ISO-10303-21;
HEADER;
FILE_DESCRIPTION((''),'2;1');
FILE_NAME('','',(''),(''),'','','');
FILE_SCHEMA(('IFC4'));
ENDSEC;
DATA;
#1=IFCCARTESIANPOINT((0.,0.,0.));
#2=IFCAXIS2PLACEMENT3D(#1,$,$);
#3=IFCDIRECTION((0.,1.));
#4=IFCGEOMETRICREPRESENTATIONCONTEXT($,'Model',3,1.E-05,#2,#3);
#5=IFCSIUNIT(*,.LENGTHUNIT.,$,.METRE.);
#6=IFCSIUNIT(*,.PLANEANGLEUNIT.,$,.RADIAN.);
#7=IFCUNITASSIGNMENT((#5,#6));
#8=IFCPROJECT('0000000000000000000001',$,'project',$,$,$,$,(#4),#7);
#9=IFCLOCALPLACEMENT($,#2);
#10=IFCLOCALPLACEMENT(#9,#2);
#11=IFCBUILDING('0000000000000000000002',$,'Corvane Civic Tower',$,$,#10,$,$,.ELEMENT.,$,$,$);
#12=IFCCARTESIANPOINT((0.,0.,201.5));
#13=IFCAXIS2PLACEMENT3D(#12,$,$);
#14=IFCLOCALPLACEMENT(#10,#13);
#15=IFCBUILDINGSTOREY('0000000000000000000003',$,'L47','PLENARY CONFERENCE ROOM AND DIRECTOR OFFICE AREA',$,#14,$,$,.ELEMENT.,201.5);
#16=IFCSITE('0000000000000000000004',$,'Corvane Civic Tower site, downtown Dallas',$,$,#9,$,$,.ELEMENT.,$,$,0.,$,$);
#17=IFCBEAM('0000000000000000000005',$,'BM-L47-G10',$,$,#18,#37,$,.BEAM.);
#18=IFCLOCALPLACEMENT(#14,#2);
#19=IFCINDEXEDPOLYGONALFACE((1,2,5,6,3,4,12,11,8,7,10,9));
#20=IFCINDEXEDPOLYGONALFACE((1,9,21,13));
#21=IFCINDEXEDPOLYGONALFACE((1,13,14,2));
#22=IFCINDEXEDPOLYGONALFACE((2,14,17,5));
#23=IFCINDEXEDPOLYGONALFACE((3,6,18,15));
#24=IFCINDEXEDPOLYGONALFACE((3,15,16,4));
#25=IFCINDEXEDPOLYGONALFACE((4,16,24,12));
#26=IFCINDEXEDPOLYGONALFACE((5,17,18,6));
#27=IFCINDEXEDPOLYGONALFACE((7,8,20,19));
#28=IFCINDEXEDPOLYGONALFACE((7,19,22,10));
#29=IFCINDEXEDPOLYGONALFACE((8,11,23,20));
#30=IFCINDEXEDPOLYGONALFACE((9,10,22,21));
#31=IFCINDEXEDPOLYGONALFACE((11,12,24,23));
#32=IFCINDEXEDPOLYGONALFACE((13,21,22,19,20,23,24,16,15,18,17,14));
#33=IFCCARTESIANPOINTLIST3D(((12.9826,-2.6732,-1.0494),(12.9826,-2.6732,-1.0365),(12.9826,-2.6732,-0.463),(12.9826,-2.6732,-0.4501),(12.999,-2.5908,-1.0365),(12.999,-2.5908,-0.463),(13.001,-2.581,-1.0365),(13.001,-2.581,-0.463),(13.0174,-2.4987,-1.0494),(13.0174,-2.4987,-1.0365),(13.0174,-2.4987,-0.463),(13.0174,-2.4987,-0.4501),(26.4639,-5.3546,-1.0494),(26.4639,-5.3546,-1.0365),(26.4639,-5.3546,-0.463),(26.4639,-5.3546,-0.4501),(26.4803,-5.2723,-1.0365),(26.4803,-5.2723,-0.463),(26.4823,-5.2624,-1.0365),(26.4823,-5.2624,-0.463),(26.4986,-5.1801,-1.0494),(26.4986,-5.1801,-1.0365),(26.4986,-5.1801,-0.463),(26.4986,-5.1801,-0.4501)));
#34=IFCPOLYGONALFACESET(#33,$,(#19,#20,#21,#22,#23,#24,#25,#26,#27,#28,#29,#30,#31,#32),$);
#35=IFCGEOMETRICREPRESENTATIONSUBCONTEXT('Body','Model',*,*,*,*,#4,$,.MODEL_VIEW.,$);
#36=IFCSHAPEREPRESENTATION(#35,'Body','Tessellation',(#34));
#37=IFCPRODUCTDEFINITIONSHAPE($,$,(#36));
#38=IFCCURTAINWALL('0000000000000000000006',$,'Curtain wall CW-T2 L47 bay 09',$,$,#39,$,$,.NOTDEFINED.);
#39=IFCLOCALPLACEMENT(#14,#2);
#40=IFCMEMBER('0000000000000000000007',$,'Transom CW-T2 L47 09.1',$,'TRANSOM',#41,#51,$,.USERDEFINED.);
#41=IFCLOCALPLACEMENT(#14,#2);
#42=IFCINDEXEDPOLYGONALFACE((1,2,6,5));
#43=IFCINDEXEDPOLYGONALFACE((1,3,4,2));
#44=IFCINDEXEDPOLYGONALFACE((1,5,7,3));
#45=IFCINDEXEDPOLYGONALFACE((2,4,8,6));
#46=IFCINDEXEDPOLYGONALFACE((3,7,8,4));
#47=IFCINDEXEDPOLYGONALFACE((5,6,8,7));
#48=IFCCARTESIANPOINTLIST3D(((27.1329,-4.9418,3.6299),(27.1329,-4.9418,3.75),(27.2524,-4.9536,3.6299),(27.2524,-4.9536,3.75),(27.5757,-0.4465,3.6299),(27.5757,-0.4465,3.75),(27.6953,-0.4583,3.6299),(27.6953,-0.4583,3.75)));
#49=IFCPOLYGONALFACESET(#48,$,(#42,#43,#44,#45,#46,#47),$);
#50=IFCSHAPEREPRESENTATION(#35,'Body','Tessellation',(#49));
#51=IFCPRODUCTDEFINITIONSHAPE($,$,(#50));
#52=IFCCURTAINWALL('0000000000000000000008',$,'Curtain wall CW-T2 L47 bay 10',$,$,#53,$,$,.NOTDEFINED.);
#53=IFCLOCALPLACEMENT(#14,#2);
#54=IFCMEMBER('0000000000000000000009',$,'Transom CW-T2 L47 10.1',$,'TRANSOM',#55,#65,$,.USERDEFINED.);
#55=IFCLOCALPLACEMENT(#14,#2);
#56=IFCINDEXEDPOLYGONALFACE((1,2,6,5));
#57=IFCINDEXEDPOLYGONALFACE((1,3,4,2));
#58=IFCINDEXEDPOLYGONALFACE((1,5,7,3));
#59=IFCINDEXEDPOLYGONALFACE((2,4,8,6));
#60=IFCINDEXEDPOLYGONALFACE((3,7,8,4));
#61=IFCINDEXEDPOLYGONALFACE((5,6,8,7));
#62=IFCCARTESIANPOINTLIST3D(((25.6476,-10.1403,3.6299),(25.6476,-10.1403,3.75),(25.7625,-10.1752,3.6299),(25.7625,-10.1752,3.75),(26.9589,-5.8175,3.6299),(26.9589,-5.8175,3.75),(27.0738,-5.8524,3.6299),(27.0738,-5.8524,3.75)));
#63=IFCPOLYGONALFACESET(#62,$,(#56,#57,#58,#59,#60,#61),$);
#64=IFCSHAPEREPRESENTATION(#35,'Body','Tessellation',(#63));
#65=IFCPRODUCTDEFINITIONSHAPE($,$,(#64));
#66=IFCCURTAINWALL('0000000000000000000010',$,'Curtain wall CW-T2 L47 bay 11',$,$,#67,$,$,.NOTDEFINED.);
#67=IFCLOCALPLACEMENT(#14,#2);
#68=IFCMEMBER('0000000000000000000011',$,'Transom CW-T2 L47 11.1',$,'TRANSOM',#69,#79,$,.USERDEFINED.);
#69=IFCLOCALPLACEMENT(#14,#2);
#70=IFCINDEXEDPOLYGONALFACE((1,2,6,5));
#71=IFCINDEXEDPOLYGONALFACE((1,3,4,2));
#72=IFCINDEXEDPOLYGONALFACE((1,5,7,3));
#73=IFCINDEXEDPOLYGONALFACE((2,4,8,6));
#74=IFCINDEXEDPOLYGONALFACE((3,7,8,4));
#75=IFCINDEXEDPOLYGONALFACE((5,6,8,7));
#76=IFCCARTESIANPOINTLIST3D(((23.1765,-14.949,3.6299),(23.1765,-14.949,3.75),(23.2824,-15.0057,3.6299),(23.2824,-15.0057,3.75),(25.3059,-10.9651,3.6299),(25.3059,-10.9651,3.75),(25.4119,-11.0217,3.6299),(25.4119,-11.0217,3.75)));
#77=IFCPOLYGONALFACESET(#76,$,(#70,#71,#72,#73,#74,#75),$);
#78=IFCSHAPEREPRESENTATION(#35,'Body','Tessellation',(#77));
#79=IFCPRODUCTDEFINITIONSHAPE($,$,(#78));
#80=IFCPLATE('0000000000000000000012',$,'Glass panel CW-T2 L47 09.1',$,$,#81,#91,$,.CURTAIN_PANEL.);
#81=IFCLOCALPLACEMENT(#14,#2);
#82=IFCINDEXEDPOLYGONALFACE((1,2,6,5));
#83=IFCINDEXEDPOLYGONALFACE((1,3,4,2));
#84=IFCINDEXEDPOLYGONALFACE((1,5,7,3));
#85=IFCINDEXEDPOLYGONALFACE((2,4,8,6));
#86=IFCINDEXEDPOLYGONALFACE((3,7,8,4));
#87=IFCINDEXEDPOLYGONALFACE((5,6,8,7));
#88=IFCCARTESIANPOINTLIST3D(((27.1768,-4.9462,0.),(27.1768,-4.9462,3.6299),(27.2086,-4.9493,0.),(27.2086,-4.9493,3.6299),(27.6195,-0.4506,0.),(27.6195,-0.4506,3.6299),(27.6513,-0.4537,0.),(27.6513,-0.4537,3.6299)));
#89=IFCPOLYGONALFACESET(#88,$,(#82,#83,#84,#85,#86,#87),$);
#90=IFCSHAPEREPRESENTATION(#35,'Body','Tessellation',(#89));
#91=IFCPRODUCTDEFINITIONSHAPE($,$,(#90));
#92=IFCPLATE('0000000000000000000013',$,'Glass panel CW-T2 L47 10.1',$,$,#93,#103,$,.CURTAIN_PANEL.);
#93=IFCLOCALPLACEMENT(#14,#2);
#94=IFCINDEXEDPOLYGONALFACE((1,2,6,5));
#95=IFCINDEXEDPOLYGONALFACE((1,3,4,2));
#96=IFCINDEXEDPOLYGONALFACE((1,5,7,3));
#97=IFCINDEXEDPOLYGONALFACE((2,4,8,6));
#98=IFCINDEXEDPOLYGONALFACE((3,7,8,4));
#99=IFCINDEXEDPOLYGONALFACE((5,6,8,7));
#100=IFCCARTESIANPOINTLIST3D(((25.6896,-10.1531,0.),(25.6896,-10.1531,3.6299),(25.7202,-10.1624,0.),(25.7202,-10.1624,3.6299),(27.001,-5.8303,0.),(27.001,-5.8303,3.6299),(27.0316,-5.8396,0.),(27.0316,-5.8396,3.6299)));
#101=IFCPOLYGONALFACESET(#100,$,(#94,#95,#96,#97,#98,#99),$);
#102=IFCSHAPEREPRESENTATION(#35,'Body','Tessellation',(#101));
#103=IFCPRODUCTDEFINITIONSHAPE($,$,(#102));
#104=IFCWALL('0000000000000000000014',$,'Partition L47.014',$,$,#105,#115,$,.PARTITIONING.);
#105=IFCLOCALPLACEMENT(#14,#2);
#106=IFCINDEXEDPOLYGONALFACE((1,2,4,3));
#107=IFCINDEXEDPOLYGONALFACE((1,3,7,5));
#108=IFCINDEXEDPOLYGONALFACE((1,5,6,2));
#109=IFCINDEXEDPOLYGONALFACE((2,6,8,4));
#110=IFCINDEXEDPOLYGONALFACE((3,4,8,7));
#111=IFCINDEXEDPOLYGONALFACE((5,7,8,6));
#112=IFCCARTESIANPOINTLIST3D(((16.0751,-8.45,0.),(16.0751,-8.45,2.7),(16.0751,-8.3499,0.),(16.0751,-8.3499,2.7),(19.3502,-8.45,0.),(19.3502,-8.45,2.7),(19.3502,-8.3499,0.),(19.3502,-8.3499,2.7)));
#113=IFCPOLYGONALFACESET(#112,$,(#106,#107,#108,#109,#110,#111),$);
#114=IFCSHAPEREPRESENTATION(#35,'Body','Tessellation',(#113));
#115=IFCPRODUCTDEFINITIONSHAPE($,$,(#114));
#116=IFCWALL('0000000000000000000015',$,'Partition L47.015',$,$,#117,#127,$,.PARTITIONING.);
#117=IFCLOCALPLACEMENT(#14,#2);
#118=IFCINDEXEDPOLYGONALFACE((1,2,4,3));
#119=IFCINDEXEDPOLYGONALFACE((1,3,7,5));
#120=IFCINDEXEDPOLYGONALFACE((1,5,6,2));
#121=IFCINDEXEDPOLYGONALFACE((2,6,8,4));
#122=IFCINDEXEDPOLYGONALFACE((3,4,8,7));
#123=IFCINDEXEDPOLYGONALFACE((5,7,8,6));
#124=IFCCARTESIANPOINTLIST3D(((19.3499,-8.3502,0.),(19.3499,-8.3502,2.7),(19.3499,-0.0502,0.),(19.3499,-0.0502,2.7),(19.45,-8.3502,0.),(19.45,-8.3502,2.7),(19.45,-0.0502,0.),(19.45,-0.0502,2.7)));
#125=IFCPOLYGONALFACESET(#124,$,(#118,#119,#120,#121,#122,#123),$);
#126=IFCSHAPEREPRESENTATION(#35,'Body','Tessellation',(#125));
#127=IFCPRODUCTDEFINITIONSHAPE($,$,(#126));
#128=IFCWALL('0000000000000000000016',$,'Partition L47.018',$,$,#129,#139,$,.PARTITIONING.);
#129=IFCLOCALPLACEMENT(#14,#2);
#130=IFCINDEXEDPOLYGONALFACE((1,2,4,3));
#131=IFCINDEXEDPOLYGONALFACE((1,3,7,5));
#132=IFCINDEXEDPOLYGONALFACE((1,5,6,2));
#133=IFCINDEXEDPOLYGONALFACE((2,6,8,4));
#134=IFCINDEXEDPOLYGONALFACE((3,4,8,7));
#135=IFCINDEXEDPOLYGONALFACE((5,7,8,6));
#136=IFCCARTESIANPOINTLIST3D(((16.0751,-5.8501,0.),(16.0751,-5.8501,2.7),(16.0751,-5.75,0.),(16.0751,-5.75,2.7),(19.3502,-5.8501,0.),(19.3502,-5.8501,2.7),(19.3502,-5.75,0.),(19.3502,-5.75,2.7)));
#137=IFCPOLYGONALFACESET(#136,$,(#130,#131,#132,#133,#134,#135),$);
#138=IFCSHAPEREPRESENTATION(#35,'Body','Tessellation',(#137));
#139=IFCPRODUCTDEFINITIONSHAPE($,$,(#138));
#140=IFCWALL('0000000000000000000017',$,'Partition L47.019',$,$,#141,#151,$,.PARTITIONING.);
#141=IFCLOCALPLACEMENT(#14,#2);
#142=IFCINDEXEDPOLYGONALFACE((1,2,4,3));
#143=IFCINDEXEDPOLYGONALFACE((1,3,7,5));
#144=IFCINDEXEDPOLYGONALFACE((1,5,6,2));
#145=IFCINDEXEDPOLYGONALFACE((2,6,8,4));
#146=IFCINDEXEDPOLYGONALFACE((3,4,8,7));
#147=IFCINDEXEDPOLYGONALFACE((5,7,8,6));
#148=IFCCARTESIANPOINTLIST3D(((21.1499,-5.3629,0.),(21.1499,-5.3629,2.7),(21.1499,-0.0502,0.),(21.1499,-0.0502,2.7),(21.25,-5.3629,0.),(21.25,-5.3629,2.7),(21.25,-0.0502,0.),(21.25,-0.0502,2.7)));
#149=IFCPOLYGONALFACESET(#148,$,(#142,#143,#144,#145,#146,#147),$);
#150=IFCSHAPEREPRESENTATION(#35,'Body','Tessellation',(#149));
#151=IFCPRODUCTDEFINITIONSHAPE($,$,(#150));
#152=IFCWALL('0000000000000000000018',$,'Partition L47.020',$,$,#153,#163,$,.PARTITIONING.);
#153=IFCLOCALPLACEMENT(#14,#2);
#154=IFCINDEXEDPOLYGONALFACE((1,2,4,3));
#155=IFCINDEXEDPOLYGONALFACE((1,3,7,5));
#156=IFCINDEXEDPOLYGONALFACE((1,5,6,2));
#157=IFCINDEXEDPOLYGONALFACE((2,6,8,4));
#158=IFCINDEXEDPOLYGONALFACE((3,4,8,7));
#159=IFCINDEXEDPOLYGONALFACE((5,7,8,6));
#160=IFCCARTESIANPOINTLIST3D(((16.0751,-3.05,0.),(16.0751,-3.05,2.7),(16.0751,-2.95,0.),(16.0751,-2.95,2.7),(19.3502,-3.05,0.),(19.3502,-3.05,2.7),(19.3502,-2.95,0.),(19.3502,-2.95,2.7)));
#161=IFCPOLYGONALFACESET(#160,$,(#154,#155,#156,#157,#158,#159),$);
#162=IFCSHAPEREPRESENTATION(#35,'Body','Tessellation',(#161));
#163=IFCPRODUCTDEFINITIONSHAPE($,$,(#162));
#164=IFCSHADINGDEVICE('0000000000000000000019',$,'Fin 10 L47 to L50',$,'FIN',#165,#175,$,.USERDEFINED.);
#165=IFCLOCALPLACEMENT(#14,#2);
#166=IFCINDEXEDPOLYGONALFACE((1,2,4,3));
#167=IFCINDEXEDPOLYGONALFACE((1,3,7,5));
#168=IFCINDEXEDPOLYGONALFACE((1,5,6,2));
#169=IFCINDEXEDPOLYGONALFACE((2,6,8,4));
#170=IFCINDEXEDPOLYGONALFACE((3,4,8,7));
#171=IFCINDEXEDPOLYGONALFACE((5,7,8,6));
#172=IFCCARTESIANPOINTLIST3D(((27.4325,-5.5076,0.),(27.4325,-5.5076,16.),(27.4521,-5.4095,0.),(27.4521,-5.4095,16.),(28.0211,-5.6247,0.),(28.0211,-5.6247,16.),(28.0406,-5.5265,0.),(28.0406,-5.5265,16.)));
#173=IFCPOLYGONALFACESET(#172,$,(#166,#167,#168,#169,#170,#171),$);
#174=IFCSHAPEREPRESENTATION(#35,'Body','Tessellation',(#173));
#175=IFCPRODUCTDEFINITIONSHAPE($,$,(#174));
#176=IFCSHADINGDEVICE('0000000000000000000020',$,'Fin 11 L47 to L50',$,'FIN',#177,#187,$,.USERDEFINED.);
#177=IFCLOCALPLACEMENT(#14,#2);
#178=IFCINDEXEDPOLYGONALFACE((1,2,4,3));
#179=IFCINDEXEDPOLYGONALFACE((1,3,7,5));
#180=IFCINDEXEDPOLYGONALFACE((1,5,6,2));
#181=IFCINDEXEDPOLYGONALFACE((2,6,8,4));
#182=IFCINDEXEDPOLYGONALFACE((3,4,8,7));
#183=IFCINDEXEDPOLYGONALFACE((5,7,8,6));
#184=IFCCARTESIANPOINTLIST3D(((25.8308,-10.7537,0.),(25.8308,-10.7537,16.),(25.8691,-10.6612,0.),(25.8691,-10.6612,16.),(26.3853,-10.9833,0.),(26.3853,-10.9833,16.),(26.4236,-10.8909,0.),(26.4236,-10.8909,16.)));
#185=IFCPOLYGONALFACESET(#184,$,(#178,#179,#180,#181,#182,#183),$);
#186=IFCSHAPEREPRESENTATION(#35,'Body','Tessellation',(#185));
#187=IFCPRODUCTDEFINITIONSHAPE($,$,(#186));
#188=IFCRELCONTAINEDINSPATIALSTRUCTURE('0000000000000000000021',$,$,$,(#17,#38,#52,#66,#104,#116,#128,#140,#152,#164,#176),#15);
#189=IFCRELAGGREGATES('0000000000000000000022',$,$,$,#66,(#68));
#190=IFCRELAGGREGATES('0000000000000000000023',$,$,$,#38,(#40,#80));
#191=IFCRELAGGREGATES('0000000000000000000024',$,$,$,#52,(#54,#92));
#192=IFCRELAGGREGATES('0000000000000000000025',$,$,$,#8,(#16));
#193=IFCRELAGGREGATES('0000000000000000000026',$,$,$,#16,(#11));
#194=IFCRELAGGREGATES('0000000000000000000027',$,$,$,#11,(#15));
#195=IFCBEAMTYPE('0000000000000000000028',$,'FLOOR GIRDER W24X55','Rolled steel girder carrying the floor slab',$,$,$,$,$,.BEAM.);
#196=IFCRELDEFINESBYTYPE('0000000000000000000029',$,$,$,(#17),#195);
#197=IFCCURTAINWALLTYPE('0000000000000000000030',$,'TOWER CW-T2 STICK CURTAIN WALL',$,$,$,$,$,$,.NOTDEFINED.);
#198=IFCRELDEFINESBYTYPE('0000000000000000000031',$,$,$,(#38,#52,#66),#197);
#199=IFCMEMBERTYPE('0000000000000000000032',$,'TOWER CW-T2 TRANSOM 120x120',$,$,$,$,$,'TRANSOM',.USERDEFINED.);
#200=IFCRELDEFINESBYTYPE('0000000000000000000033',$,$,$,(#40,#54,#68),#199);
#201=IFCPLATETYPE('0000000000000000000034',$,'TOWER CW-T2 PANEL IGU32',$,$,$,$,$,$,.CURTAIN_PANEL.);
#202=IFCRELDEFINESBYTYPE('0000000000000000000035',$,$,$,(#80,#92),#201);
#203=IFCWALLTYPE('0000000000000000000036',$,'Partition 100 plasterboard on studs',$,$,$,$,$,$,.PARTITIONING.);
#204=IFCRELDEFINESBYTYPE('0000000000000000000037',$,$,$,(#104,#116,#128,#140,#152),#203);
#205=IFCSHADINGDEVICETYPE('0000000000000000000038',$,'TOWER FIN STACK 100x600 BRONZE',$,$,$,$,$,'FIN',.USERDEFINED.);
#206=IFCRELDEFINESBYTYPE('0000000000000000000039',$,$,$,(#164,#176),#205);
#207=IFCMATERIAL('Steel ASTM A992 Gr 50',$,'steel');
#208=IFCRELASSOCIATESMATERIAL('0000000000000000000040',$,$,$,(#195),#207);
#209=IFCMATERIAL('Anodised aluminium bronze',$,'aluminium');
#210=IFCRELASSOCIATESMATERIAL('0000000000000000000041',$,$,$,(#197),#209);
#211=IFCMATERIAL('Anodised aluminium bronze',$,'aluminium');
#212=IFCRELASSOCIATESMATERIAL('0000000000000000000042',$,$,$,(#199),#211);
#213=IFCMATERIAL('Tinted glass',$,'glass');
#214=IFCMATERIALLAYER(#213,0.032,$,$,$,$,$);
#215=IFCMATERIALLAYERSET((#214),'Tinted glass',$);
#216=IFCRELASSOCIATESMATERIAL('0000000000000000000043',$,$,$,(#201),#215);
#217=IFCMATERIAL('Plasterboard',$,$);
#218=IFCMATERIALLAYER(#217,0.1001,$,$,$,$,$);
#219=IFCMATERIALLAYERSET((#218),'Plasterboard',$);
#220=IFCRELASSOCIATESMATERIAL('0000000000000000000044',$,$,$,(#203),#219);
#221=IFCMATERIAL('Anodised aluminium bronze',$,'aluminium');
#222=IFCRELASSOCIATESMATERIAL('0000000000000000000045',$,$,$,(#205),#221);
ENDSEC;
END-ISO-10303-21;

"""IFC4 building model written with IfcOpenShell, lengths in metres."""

from ifc_helpers import new_model, si_unit, direction, frame, frame_2d, origin, origin_2d, place, context, subcontext, project, spatial, rectangle, i_section, extrude, material, layer, layer_set, material_profile, profile_set, type_object, element, aggregate, save


model = new_model("IFC4")

# Units and contexts
model_context = context("Model", 3, precision=1e-05, world=origin(), true_north=direction((0.0, 1.0)))
body_context = subcontext(model_context, "Body", "Model", "MODEL_VIEW")
ifc_project = project(units=[si_unit("LENGTHUNIT", "METRE"), si_unit("PLANEANGLEUNIT", "RADIAN")], contexts=[model_context])

# Site, building, storey
site_placement = place(None, origin())
site = spatial("IfcSite", under=ifc_project, at=site_placement, Name="Corvane Civic Tower site, downtown Dallas", CompositionType="ELEMENT", RefElevation=0.0)
building_placement = place(site_placement, origin())
building = spatial("IfcBuilding", under=site, at=building_placement, Name="Corvane Civic Tower", CompositionType="ELEMENT")
storey_placement = place(building_placement, frame((0.0, 0.0, 201.5)))
storey = spatial("IfcBuildingStorey", under=building, at=storey_placement, Name="L47", Description="PLENARY CONFERENCE ROOM AND DIRECTOR OFFICE AREA", CompositionType="ELEMENT", Elevation=201.5)

# Beam
ifc_material_1 = material(Name="Steel ASTM A992 Gr 50", Category="steel")
ifc_material_profile_1 = material_profile(ifc_material_1, i_section(OverallWidth=0.178, OverallDepth=0.5994, WebThickness=0.01, FlangeThickness=0.0129, at=origin_2d()), Name="W24X55")
ifc_profile_set_1 = profile_set([ifc_material_profile_1], Name="Steel ASTM A992 Gr 50")
beam_type_1 = type_object("IfcBeamType", Name="FLOOR GIRDER W24X55", Description="Rolled steel girder carrying the floor slab", PredefinedType="BEAM", material=ifc_profile_set_1)
beam_1_placement = place(storey_placement, frame((13.0, -2.5859, -0.7498), z_axis=(0.980788, -0.195078, 0.0), x_axis=(0.195078, 0.980788, 0.0)))
element("IfcBeam", 1, at=beam_1_placement, inside=storey, type_object=beam_type_1, Name="BM-L47-G10", PredefinedType="BEAM", context=body_context, shape_type="SweptSolid", body=[
    extrude(i_section(OverallWidth=0.178, OverallDepth=0.5994, WebThickness=0.01, FlangeThickness=0.0129, at=origin_2d()), origin(), (0.0, 0.0, 1.0), 13.7454),
])

# Curtain walls, members
ifc_material_2 = material(Name="Anodised aluminium bronze", Category="aluminium")
curtain_wall_type = type_object("IfcCurtainWallType", Name="TOWER CW-T2 STICK CURTAIN WALL", PredefinedType="NOTDEFINED", material=ifc_material_2)
curtain_wall_1_placement = place(storey_placement, origin())
curtain_wall_1 = element("IfcCurtainWall", 2, at=curtain_wall_1_placement, inside=storey, type_object=curtain_wall_type, Name="Curtain wall CW-T2 L47 bay 09", PredefinedType="NOTDEFINED")
ifc_material_3 = material(Name="Anodised aluminium bronze", Category="aluminium")
ifc_material_profile_2 = material_profile(ifc_material_3, rectangle(XDim=0.1201, YDim=0.1201, at=origin_2d()), Name="TOWER CW-T2 TRANSOM 120x120")
ifc_profile_set_2 = profile_set([ifc_material_profile_2], Name="Anodised aluminium bronze")
member_type = type_object("IfcMemberType", Name="TOWER CW-T2 TRANSOM 120x120", ElementType="TRANSOM", PredefinedType="USERDEFINED", material=ifc_profile_set_2)
member_1_placement = place(storey_placement, frame((27.6355, -0.4524, 3.6899), z_axis=(-0.098043, -0.995182, 0.0), x_axis=(0.995182, -0.098043, 0.0)))
member_1 = element("IfcMember", 3, at=member_1_placement, type_object=member_type, Name="Transom CW-T2 L47 09.1", ObjectType="TRANSOM", PredefinedType="USERDEFINED", context=body_context, shape_type="SweptSolid", body=[
    extrude(rectangle(XDim=0.1201, YDim=0.1201, at=origin_2d()), origin(), (0.0, 0.0, 1.0), 4.5171),
])
curtain_wall_2_placement = place(storey_placement, origin())
curtain_wall_2 = element("IfcCurtainWall", 4, at=curtain_wall_2_placement, inside=storey, type_object=curtain_wall_type, Name="Curtain wall CW-T2 L47 bay 10", PredefinedType="NOTDEFINED")
member_2_placement = place(storey_placement, frame((27.0164, -5.835, 3.6899), z_axis=(-0.290282, -0.956941, 0.0), x_axis=(0.956941, -0.290282, 0.0)))
member_2 = element("IfcMember", 5, at=member_2_placement, type_object=member_type, Name="Transom CW-T2 L47 10.1", ObjectType="TRANSOM", PredefinedType="USERDEFINED", context=body_context, shape_type="SweptSolid", body=[
    extrude(rectangle(XDim=0.1201, YDim=0.1201, at=origin_2d()), origin(), (0.0, 0.0, 1.0), 4.5173),
])
curtain_wall_3_placement = place(storey_placement, origin())
curtain_wall_3 = element("IfcCurtainWall", 6, at=curtain_wall_3_placement, inside=storey, type_object=curtain_wall_type, Name="Curtain wall CW-T2 L47 bay 11", PredefinedType="NOTDEFINED")
member_3_placement = place(storey_placement, frame((25.3589, -10.9934, 3.6899), z_axis=(-0.47139, -0.881925, 0.0), x_axis=(0.881925, -0.47139, 0.0)))
member_3 = element("IfcMember", 7, at=member_3_placement, type_object=member_type, Name="Transom CW-T2 L47 11.1", ObjectType="TRANSOM", PredefinedType="USERDEFINED", context=body_context, shape_type="SweptSolid", body=[
    extrude(rectangle(XDim=0.1201, YDim=0.1201, at=origin_2d()), origin(), (0.0, 0.0, 1.0), 4.5173),
])
aggregate(curtain_wall_3, [member_3])

# Plates
ifc_material_4 = material(Name="Tinted glass", Category="glass")
ifc_layer_1 = layer(ifc_material_4, 0.032)
ifc_layer_set_1 = layer_set([ifc_layer_1], Name="Tinted glass")
plate_type = type_object("IfcPlateType", Name="TOWER CW-T2 PANEL IGU32", PredefinedType="CURTAIN_PANEL", material=ifc_layer_set_1)
plate_1_placement = place(storey_placement, frame((27.4141, -2.7, 0.0), z_axis=(0.0, 0.0, 1.0), x_axis=(-0.097993, -0.995187, 0.0)))
plate_1 = element("IfcPlate", 8, at=plate_1_placement, type_object=plate_type, Name="Glass panel CW-T2 L47 09.1", PredefinedType="CURTAIN_PANEL", context=body_context, shape_type="SweptSolid", body=[
    extrude(rectangle(XDim=4.5173, YDim=0.032, at=origin_2d()), origin(), (0.0, 0.0, 1.0), 3.6299),
])
aggregate(curtain_wall_1, [member_1, plate_1])
plate_2_placement = place(storey_placement, frame((26.3606, -7.9963, 0.0), z_axis=(0.0, 0.0, 1.0), x_axis=(-0.29029, -0.956939, 0.0)))
plate_2 = element("IfcPlate", 9, at=plate_2_placement, type_object=plate_type, Name="Glass panel CW-T2 L47 10.1", PredefinedType="CURTAIN_PANEL", context=body_context, shape_type="SweptSolid", body=[
    extrude(rectangle(XDim=4.5173, YDim=0.032, at=origin_2d()), origin(), (0.0, 0.0, 1.0), 3.6299),
])
aggregate(curtain_wall_2, [member_2, plate_2])

# Walls
ifc_material_5 = material(Name="Plasterboard")
ifc_layer_2 = layer(ifc_material_5, 0.1001)
ifc_layer_set_2 = layer_set([ifc_layer_2], Name="Plasterboard")
wall_type = type_object("IfcWallType", Name="Partition 100 plasterboard on studs", PredefinedType="PARTITIONING", material=ifc_layer_set_2)
wall_1_placement = place(storey_placement, frame((16.075, -8.3999, 0.0), z_axis=(0.0, 0.0, 1.0), x_axis=(1.0, 0.0, 0.0)))
element("IfcWall", 10, at=wall_1_placement, inside=storey, type_object=wall_type, Name="Partition L47.014", PredefinedType="PARTITIONING", context=body_context, shape_type="SweptSolid", body=[
    extrude(rectangle(XDim=3.2751, YDim=0.1001, at=frame_2d((1.6377, 0.0))), origin(), (0.0, 0.0, 1.0), 2.7),
])
wall_2_placement = place(storey_placement, frame((19.3999, -8.3501, 0.0), z_axis=(0.0, 0.0, 1.0), x_axis=(0.0, 1.0, 0.0)))
element("IfcWall", 11, at=wall_2_placement, inside=storey, type_object=wall_type, Name="Partition L47.015", PredefinedType="PARTITIONING", context=body_context, shape_type="SweptSolid", body=[
    extrude(rectangle(XDim=8.3, YDim=0.1001, at=frame_2d((4.1499, 0.0))), origin(), (0.0, 0.0, 1.0), 2.7),
])
wall_3_placement = place(storey_placement, frame((16.075, -5.8, 0.0), z_axis=(0.0, 0.0, 1.0), x_axis=(1.0, 0.0, 0.0)))
element("IfcWall", 12, at=wall_3_placement, inside=storey, type_object=wall_type, Name="Partition L47.018", PredefinedType="PARTITIONING", context=body_context, shape_type="SweptSolid", body=[
    extrude(rectangle(XDim=3.2751, YDim=0.1001, at=frame_2d((1.6377, 0.0))), origin(), (0.0, 0.0, 1.0), 2.7),
])
wall_4_placement = place(storey_placement, frame((21.2, -5.3628, 0.0), z_axis=(0.0, 0.0, 1.0), x_axis=(0.0, 1.0, 0.0)))
element("IfcWall", 13, at=wall_4_placement, inside=storey, type_object=wall_type, Name="Partition L47.019", PredefinedType="PARTITIONING", context=body_context, shape_type="SweptSolid", body=[
    extrude(rectangle(XDim=5.3127, YDim=0.1001, at=frame_2d((2.6562, 0.0))), origin(), (0.0, 0.0, 1.0), 2.7),
])
wall_5_placement = place(storey_placement, frame((16.075, -3.0, 0.0), z_axis=(0.0, 0.0, 1.0), x_axis=(1.0, 0.0, 0.0)))
element("IfcWall", 14, at=wall_5_placement, inside=storey, type_object=wall_type, Name="Partition L47.020", PredefinedType="PARTITIONING", context=body_context, shape_type="SweptSolid", body=[
    extrude(rectangle(XDim=3.2751, YDim=0.1001, at=frame_2d((1.6377, 0.0))), origin(), (0.0, 0.0, 1.0), 2.7),
])

# Shading devices
ifc_material_6 = material(Name="Anodised aluminium bronze", Category="aluminium")
ifc_material_profile_3 = material_profile(ifc_material_6, rectangle(XDim=0.1001, YDim=0.6001, at=origin_2d()), Name="TOWER FIN STACK 100x600 BRONZE")
ifc_profile_set_3 = profile_set([ifc_material_profile_3], Name="Anodised aluminium bronze")
shading_device_type = type_object("IfcShadingDeviceType", Name="TOWER FIN STACK 100x600 BRONZE", ElementType="FIN", PredefinedType="USERDEFINED", material=ifc_profile_set_3)
for number, where, z_axis, x_axis, name in (
    (15, (27.7366, -5.5171, 0.0), (0.0, 0.0, 1.0), (-0.19509, -0.980785, 0.0), "Fin 10 L47 to L50"),
    (16, (26.1272, -10.8223, 0.0), (0.0, 0.0, 1.0), (-0.382683, -0.92388, 0.0), "Fin 11 L47 to L50"),
):
    element("IfcShadingDevice", number, at=place(storey_placement, frame(where, z_axis=z_axis, x_axis=x_axis)), inside=storey, type_object=shading_device_type, Name=name, ObjectType="FIN", PredefinedType="USERDEFINED", context=body_context, shape_type="SweptSolid", body=[
        extrude(rectangle(XDim=0.1001, YDim=0.6001, at=origin_2d()), origin(), (0.0, 0.0, 1.0), 16.0),
    ])

save(model, "model.ifc")
